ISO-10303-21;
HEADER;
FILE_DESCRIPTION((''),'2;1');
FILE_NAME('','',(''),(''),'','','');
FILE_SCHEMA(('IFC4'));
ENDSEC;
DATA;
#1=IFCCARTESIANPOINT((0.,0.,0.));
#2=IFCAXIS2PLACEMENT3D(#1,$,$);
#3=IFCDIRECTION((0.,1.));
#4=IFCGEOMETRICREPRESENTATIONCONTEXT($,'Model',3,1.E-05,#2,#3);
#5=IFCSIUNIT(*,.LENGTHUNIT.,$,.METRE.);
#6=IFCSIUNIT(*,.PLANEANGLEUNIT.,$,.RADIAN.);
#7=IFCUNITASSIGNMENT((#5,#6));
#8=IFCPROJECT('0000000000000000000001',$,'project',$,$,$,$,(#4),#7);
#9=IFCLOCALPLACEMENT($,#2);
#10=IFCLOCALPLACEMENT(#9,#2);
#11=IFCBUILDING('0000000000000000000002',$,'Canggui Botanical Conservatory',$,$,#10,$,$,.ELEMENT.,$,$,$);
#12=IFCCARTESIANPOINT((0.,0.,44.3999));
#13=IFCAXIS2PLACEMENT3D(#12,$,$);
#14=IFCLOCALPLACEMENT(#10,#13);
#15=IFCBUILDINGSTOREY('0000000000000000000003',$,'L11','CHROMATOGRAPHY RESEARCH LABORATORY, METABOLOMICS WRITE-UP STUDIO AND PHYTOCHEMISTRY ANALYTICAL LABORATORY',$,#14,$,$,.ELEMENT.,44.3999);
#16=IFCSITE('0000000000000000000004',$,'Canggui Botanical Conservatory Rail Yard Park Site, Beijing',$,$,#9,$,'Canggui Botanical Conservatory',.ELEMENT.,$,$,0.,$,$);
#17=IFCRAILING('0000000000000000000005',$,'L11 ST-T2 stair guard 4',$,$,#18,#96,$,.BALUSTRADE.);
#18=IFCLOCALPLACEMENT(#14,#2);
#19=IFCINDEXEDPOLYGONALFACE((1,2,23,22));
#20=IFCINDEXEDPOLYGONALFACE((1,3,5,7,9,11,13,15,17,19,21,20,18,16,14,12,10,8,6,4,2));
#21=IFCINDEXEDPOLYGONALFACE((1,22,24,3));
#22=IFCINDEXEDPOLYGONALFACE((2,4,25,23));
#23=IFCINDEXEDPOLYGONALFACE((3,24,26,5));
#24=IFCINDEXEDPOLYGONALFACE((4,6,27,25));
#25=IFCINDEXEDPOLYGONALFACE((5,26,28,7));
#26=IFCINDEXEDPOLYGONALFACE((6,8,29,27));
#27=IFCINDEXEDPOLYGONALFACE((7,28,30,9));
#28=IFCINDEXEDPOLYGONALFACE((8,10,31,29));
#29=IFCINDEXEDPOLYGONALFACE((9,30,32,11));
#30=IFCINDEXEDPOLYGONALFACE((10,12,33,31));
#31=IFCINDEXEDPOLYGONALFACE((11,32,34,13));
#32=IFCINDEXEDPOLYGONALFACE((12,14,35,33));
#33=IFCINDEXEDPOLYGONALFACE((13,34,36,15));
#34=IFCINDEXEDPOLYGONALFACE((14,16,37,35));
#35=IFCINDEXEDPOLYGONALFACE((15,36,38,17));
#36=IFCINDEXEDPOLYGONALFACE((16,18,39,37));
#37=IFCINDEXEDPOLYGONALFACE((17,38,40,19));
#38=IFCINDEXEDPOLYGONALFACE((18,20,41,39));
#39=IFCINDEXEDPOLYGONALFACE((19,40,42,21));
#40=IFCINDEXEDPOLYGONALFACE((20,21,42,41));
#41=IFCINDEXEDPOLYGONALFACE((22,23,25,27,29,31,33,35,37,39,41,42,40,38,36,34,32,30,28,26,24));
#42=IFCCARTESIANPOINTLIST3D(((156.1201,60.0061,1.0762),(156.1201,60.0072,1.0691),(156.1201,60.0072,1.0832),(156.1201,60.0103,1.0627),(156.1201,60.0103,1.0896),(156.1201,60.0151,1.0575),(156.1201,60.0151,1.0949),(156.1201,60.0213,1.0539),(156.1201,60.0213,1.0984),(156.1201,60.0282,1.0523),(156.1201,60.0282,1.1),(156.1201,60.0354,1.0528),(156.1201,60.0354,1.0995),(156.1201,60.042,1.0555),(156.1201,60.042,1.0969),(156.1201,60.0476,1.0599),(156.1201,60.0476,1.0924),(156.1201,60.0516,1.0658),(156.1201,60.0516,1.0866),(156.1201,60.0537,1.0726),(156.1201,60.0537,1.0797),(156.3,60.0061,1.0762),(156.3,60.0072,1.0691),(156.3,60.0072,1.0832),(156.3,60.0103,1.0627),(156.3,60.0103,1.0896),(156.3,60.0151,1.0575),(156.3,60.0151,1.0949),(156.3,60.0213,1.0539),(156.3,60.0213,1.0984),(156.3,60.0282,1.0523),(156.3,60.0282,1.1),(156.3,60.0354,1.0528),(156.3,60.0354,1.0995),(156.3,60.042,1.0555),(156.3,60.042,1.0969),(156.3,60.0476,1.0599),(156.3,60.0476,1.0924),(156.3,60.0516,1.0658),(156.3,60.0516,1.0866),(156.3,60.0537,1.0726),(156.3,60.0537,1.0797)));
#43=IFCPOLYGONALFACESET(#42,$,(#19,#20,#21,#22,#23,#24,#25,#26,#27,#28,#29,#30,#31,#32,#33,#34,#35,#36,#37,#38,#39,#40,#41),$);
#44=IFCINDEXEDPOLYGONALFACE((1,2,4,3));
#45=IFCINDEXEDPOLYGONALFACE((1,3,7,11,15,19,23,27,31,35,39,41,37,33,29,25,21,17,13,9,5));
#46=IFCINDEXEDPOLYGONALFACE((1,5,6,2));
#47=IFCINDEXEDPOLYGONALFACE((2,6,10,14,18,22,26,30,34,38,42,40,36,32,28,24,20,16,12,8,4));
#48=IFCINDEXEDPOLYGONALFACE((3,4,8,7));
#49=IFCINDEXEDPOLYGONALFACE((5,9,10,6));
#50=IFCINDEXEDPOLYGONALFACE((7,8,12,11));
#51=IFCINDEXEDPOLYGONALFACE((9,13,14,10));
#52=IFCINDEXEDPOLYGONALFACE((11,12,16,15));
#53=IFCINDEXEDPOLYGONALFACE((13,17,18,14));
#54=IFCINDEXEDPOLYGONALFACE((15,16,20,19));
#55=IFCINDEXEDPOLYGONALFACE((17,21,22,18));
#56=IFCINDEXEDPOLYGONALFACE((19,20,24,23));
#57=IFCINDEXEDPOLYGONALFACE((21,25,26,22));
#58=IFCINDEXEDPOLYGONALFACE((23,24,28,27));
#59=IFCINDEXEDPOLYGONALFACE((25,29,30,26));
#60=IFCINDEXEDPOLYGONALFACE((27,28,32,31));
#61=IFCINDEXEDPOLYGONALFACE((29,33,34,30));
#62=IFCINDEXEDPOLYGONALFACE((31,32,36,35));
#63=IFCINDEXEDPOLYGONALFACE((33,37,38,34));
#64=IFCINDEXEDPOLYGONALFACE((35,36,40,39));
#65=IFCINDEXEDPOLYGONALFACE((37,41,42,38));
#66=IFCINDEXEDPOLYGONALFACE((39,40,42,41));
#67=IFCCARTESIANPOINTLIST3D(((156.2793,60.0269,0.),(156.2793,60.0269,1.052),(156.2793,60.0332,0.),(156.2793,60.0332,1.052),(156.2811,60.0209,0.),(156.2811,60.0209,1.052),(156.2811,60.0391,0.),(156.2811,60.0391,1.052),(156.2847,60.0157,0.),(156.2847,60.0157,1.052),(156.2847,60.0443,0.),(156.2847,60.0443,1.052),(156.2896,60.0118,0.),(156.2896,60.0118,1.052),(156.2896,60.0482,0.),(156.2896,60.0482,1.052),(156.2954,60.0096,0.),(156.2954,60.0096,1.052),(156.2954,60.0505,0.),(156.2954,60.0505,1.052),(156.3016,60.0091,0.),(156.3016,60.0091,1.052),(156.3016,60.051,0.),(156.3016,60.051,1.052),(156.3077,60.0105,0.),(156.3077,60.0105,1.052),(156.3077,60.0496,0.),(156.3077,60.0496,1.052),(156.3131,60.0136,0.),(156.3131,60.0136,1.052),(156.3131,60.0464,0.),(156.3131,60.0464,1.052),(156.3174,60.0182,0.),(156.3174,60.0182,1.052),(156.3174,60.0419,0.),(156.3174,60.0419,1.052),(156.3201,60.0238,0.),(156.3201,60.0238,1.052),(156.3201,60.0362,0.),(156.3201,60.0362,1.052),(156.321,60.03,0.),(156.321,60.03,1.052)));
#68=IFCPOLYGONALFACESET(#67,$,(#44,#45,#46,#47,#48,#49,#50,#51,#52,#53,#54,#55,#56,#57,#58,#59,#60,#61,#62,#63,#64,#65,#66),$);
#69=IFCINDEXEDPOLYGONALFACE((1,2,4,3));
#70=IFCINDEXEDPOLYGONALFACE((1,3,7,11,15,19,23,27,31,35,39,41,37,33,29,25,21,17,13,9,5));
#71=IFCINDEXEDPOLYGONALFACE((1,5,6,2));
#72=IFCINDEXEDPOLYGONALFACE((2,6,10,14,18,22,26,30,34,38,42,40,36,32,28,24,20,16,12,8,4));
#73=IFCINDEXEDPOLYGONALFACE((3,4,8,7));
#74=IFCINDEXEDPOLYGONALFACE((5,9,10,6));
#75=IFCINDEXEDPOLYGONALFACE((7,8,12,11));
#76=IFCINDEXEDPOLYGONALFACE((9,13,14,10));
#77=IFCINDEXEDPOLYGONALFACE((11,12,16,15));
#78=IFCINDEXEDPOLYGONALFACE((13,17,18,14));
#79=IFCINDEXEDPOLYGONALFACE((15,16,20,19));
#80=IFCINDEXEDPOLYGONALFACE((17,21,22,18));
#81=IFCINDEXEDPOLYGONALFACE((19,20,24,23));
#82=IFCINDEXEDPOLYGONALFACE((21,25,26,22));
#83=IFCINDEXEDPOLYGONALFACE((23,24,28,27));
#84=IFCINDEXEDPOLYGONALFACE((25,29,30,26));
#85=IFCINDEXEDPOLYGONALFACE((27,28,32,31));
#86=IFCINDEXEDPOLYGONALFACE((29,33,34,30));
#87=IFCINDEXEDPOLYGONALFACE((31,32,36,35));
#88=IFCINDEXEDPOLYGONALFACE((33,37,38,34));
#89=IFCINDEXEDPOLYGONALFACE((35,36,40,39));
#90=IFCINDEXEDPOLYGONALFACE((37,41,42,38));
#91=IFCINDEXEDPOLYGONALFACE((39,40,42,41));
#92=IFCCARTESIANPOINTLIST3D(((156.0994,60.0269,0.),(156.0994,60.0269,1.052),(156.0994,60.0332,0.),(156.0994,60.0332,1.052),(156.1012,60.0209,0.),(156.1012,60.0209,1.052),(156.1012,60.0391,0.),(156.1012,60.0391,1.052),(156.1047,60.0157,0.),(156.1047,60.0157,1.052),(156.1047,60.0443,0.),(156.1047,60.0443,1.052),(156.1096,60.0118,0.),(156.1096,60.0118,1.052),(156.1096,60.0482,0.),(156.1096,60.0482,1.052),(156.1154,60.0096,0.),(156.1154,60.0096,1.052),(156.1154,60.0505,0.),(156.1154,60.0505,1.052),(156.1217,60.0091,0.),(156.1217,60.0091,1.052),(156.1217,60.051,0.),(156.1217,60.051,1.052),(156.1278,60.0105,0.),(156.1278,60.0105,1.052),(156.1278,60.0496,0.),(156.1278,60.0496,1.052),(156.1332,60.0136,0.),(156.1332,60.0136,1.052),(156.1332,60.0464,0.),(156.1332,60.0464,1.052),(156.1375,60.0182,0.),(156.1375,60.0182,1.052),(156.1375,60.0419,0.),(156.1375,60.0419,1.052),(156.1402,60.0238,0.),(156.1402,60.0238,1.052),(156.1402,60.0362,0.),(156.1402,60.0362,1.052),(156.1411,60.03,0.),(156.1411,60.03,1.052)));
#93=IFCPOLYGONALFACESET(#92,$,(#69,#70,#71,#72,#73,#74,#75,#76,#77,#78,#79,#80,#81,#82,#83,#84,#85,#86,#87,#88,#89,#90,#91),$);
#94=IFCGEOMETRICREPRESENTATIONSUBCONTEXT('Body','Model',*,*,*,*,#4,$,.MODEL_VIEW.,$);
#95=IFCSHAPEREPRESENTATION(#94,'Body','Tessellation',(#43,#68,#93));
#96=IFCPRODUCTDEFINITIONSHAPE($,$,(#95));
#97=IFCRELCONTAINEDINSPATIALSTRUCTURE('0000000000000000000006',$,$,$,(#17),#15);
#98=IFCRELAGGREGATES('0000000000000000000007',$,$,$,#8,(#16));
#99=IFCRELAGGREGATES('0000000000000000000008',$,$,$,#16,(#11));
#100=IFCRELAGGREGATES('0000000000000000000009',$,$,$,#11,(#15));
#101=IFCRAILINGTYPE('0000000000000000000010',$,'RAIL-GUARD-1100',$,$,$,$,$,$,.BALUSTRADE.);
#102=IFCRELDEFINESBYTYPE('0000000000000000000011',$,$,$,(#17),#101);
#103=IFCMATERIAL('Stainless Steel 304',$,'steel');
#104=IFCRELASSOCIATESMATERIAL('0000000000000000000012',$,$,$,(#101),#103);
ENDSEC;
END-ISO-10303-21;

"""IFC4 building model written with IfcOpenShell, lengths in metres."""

from ifc_helpers import new_model, si_unit, direction, frame, origin, origin_2d, place, context, subcontext, project, spatial, circle, extrude, material, type_object, element, save


model = new_model("IFC4")

# Units and contexts
model_context = context("Model", 3, precision=1e-05, world=origin(), true_north=direction((0.0, 1.0)))
body_context = subcontext(model_context, "Body", "Model", "MODEL_VIEW")
ifc_project = project(units=[si_unit("LENGTHUNIT", "METRE"), si_unit("PLANEANGLEUNIT", "RADIAN")], contexts=[model_context])

# Site, building, storey
site_placement = place(None, origin())
site = spatial("IfcSite", under=ifc_project, at=site_placement, Name="Canggui Botanical Conservatory Rail Yard Park Site, Beijing", LongName="Canggui Botanical Conservatory", CompositionType="ELEMENT", RefElevation=0.0)
building_placement = place(site_placement, origin())
building = spatial("IfcBuilding", under=site, at=building_placement, Name="Canggui Botanical Conservatory", CompositionType="ELEMENT")
storey_placement = place(building_placement, frame((0.0, 0.0, 44.3999)))
storey = spatial("IfcBuildingStorey", under=building, at=storey_placement, Name="L11", Description="CHROMATOGRAPHY RESEARCH LABORATORY, METABOLOMICS WRITE-UP STUDIO AND PHYTOCHEMISTRY ANALYTICAL LABORATORY", CompositionType="ELEMENT", Elevation=44.3999)

# Shared definitions
ifc_material_1 = material(Name="Stainless Steel 304", Category="steel")

# Railing
railing_type = type_object("IfcRailingType", Name="RAIL-GUARD-1100", PredefinedType="BALUSTRADE", material=ifc_material_1)
railing_1_placement = place(storey_placement, frame((156.3, 60.03, 0.0)))
element("IfcRailing", 1, at=railing_1_placement, inside=storey, type_object=railing_type, Name="L11 ST-T2 stair guard 4", PredefinedType="BALUSTRADE", context=body_context, shape_type="SweptSolid", body=[
    extrude(circle(Radius=0.0239, at=origin_2d()), frame((0.0, 0.0, 1.0762), z_axis=(-1.0, 0.0, 0.0), x_axis=(0.0, -1.0, 0.0)), (0.0, 0.0, 1.0), 0.1799),
    extrude(circle(Radius=0.021, at=origin_2d()), origin(), (0.0, 0.0, 1.0), 1.052),
    extrude(circle(Radius=0.021, at=origin_2d()), frame((-0.1799, 0.0, 0.0)), (0.0, 0.0, 1.0), 1.052),
])

save(model, "model.ifc")
